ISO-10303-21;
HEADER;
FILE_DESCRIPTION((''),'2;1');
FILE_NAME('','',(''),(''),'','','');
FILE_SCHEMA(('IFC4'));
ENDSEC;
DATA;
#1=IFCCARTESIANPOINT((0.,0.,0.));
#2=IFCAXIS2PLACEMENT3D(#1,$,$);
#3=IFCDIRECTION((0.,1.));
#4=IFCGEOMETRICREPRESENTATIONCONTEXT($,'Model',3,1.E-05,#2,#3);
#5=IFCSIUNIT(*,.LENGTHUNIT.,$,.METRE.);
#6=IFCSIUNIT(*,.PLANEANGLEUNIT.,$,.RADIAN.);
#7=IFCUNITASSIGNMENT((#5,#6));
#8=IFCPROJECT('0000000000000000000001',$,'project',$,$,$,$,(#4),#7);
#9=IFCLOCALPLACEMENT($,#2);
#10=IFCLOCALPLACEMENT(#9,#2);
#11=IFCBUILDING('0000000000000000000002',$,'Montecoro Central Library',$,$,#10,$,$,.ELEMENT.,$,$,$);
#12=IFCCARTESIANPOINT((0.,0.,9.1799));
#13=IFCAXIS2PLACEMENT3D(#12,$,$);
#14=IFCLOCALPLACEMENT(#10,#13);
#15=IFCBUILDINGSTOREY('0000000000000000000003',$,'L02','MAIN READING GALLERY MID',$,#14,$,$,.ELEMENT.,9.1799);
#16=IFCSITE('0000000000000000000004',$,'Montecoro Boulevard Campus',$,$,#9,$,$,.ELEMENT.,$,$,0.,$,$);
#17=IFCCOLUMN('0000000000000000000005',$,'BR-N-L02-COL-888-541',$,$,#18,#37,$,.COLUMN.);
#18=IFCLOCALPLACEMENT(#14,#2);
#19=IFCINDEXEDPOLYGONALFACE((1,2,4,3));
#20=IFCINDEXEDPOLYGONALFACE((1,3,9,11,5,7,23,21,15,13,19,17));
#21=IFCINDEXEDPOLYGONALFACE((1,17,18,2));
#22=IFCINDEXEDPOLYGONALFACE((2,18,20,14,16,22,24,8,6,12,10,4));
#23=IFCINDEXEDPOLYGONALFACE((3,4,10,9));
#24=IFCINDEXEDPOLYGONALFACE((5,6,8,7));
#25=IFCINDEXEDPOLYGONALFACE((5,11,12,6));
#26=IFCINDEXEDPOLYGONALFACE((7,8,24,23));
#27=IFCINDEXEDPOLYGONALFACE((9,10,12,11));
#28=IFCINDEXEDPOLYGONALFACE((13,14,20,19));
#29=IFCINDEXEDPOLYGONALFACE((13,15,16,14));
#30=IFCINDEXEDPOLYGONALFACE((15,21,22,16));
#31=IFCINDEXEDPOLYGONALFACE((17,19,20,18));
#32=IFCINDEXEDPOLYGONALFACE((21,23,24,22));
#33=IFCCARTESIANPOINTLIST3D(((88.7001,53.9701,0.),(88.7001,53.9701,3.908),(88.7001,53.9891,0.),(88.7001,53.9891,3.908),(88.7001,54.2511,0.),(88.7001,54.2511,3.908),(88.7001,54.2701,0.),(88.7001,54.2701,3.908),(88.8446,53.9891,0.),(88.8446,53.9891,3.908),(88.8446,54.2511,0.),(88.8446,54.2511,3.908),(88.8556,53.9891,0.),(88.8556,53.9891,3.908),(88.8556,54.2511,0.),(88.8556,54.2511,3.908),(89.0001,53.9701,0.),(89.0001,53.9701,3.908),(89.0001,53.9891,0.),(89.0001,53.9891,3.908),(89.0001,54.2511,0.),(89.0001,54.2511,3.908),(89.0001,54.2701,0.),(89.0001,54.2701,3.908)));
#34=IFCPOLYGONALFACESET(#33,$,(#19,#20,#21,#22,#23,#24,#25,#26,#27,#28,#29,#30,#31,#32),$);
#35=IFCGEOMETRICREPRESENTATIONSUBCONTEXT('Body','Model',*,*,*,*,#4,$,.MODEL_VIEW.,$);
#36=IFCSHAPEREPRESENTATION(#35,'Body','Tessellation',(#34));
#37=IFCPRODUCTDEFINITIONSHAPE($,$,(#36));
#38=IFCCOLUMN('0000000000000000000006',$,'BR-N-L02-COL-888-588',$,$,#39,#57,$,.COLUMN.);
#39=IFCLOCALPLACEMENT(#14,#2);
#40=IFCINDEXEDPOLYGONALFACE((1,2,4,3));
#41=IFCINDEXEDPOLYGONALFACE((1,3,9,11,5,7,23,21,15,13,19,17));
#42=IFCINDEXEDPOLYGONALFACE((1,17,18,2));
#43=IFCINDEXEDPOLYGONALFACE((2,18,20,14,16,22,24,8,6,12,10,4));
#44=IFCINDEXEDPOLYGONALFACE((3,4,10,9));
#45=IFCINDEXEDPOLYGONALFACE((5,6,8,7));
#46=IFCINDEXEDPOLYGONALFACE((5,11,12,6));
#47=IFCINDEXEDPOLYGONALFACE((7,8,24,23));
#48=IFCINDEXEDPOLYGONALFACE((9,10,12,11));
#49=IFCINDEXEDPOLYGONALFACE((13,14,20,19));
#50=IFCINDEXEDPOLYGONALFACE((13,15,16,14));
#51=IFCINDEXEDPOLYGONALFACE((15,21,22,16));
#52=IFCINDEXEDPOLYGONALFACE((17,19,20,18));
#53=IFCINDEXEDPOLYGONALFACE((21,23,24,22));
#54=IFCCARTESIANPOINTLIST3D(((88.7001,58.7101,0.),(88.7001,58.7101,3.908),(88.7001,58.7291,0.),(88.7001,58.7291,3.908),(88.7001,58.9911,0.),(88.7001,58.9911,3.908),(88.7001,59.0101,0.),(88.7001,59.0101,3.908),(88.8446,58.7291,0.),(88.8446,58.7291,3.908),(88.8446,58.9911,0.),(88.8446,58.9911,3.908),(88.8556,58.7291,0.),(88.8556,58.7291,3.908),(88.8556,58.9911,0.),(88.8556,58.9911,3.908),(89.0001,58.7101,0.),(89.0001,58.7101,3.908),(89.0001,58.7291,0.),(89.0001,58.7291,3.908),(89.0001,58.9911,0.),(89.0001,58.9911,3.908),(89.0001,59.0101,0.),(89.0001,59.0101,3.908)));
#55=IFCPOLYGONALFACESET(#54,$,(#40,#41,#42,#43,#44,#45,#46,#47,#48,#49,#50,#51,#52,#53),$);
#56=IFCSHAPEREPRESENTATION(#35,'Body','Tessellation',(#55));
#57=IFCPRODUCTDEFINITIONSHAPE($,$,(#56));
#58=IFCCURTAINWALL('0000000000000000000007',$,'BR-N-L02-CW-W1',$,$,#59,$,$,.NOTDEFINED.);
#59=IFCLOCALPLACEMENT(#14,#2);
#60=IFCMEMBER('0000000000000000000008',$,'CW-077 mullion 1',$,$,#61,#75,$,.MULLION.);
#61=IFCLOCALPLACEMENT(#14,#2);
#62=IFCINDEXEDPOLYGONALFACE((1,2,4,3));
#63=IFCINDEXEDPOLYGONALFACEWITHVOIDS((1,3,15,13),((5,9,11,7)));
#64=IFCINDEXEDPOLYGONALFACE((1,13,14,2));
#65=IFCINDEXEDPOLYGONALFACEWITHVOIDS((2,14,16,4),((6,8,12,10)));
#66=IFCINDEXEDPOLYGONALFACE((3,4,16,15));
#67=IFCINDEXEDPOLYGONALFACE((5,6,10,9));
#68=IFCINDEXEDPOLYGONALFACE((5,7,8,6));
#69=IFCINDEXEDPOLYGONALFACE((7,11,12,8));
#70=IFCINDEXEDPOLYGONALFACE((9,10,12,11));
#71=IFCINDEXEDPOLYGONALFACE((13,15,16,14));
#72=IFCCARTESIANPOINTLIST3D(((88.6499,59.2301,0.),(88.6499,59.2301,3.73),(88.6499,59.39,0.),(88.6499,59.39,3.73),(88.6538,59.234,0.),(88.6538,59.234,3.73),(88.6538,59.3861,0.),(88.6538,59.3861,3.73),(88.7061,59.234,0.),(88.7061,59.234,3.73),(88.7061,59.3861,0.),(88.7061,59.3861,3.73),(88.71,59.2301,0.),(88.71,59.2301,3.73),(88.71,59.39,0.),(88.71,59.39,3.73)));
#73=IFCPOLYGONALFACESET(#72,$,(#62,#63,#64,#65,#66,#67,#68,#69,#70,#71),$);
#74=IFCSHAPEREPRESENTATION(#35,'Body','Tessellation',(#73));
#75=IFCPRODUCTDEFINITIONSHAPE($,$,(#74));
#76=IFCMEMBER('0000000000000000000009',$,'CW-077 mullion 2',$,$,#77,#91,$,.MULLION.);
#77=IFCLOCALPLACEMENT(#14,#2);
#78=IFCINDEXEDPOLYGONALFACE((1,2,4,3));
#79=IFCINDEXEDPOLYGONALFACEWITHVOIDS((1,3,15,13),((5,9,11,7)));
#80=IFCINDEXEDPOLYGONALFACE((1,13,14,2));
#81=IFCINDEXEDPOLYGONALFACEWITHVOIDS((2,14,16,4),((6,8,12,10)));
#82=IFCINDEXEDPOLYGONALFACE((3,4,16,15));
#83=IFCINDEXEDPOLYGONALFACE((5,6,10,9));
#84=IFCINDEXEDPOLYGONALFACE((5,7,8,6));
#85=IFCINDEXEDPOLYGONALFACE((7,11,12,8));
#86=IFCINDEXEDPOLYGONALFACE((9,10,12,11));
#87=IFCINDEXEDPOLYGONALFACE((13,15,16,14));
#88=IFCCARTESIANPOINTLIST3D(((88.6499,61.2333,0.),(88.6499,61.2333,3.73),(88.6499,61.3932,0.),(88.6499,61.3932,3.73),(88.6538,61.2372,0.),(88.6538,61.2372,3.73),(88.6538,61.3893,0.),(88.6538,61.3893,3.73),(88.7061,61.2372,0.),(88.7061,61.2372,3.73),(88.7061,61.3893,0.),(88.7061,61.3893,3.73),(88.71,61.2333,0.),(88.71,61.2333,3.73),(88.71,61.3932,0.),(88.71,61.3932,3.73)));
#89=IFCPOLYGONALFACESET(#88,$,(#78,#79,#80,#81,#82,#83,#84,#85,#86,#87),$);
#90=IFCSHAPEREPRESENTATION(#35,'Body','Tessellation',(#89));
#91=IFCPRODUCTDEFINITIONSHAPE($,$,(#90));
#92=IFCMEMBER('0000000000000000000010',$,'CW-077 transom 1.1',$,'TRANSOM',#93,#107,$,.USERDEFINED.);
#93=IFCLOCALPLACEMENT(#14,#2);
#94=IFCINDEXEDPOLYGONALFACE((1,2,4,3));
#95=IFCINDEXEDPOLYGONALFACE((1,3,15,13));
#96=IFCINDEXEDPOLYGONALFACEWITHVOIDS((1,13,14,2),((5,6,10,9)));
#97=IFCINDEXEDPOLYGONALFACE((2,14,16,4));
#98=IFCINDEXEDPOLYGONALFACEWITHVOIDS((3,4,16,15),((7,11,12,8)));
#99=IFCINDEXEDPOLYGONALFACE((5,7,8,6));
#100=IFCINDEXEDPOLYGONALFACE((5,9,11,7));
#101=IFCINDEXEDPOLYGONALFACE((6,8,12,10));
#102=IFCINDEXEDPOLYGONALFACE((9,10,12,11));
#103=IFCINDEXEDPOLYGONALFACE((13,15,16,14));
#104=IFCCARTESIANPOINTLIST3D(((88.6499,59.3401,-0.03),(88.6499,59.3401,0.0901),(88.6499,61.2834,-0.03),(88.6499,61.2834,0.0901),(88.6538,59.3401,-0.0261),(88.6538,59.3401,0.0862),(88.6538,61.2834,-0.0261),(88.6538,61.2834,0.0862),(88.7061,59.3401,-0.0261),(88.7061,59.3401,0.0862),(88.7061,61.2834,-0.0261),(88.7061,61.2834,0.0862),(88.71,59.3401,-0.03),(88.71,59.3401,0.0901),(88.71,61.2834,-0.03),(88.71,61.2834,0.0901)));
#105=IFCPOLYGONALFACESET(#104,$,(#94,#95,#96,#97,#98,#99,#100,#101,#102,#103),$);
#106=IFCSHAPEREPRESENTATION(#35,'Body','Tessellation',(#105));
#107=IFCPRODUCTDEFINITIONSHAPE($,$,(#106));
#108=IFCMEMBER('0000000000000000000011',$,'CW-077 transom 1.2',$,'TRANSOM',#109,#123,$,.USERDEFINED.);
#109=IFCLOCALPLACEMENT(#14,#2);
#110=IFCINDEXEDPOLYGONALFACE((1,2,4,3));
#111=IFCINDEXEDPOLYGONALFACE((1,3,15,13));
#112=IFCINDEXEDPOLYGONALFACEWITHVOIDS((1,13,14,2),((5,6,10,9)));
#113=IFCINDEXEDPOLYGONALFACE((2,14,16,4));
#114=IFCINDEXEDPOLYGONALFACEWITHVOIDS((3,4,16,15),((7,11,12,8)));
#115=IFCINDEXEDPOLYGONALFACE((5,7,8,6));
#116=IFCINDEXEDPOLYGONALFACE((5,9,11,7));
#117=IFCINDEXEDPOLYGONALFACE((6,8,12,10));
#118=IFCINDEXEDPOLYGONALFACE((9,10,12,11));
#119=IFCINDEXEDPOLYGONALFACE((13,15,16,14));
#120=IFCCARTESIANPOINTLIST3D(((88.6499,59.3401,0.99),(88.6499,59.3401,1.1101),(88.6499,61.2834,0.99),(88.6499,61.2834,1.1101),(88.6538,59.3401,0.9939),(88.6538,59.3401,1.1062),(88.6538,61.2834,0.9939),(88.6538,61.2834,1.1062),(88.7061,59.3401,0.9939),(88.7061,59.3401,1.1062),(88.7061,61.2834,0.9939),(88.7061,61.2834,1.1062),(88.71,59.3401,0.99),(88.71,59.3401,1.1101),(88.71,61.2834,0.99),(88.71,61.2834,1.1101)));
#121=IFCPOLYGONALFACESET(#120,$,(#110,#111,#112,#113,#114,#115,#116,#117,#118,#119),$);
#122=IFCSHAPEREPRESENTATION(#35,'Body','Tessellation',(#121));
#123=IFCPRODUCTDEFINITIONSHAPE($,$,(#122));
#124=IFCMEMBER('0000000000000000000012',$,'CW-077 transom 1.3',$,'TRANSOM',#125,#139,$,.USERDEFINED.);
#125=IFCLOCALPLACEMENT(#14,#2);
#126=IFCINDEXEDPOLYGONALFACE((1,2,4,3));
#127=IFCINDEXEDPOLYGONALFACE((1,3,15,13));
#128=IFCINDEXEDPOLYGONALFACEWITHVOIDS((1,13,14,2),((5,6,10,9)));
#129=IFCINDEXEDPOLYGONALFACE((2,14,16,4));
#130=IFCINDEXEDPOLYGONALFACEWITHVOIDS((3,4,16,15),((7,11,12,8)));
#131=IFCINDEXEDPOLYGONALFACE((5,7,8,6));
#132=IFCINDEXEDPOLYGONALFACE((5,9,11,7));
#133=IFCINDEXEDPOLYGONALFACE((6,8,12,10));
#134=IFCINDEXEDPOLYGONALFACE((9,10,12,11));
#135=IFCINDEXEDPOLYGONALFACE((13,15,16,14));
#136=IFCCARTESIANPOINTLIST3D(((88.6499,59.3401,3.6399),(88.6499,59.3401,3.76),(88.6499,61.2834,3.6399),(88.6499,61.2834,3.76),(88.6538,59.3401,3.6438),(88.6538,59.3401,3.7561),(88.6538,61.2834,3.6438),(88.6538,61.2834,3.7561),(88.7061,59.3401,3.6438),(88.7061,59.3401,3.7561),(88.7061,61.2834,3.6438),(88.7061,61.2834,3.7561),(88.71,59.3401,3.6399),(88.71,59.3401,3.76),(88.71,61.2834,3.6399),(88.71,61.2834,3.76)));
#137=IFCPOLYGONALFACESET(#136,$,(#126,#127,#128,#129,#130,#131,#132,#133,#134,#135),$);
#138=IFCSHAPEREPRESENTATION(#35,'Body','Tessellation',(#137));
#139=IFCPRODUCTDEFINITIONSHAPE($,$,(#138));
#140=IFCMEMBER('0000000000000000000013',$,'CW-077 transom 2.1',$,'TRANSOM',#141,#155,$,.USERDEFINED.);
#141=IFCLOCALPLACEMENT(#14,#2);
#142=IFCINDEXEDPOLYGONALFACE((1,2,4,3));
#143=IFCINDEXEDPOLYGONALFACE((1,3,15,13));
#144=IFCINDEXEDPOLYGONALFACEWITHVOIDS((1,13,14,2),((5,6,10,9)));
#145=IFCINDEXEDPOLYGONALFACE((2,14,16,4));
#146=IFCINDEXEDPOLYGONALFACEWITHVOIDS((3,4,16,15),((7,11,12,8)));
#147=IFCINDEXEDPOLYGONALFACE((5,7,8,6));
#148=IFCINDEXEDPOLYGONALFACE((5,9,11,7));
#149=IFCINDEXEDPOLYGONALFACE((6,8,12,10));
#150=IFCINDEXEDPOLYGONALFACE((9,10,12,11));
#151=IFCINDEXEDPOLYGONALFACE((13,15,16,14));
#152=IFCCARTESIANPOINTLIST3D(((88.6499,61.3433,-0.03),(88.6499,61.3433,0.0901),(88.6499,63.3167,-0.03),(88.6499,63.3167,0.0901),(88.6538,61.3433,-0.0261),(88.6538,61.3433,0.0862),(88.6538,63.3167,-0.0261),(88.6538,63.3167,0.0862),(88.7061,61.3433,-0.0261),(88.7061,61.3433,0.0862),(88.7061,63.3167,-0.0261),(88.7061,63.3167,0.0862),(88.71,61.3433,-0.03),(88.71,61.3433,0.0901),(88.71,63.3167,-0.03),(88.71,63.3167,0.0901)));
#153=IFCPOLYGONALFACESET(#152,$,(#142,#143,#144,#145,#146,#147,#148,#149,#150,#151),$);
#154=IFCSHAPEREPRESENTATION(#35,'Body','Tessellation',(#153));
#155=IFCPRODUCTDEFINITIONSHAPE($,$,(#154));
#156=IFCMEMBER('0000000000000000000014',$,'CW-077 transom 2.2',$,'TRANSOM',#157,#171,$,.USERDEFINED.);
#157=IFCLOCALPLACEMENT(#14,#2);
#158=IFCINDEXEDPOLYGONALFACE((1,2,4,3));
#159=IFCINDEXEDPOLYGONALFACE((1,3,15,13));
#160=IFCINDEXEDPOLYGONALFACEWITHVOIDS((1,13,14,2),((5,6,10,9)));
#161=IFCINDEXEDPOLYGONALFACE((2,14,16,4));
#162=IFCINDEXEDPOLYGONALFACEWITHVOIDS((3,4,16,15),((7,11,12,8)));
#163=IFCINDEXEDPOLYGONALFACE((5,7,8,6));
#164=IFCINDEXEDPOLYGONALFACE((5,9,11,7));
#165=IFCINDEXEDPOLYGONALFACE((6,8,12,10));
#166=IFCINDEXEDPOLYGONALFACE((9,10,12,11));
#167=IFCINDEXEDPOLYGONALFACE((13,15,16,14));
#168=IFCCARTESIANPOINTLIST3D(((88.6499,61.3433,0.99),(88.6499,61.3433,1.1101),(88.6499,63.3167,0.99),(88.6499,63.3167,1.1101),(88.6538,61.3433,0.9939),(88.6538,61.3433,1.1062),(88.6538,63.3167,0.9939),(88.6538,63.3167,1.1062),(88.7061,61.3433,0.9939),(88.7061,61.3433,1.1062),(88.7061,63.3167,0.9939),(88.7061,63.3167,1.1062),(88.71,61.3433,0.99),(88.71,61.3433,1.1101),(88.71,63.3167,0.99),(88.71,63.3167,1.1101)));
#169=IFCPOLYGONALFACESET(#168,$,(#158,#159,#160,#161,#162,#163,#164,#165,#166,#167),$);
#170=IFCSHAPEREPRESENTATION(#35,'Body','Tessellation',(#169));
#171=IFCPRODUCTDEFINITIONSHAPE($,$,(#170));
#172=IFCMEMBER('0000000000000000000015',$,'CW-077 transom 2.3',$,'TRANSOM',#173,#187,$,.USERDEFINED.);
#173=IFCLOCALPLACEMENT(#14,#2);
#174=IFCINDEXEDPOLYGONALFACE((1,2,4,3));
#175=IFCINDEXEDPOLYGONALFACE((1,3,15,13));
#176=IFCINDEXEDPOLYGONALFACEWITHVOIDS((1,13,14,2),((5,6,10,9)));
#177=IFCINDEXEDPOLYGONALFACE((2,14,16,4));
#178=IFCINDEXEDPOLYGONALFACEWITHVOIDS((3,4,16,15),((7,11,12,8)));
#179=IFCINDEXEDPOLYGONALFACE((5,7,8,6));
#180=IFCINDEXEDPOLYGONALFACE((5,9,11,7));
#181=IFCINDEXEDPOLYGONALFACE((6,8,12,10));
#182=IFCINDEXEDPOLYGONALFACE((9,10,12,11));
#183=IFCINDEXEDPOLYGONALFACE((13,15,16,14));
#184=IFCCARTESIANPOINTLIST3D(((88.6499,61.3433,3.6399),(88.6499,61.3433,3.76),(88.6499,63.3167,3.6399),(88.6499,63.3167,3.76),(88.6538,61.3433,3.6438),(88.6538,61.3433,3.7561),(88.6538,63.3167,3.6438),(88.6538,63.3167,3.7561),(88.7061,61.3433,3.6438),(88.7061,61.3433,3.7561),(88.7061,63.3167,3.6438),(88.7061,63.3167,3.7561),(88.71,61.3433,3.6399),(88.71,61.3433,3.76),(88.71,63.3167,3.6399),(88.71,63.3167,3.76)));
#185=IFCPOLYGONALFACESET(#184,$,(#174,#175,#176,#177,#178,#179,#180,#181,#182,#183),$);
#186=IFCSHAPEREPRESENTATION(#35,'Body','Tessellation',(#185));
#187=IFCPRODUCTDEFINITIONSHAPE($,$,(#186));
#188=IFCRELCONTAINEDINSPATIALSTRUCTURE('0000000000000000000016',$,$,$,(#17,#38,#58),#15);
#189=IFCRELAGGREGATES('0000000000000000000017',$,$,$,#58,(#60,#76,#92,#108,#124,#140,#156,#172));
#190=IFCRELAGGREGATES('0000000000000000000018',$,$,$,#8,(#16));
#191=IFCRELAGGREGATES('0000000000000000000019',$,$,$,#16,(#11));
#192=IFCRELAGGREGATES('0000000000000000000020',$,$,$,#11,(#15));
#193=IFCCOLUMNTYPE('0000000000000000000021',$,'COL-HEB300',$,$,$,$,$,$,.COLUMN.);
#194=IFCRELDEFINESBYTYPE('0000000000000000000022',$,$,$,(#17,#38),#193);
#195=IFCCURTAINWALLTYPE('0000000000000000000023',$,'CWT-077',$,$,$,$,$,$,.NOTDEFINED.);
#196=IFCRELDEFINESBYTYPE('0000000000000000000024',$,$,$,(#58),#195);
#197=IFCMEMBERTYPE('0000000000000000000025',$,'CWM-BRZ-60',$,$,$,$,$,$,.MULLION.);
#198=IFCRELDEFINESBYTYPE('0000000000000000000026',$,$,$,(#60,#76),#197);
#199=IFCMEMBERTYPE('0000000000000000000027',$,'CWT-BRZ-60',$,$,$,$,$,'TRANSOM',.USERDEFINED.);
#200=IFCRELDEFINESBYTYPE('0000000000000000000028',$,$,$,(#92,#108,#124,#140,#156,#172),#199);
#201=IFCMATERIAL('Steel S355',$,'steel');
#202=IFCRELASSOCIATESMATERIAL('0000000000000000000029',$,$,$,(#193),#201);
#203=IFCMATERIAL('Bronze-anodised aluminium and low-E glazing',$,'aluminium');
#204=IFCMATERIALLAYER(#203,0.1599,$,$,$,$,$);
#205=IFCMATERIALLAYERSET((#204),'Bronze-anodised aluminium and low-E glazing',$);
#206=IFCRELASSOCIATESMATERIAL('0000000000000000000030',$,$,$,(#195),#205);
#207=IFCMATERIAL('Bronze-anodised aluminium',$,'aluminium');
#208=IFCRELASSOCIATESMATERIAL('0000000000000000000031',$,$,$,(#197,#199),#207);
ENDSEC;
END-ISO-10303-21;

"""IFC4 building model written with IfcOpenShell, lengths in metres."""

from ifc_helpers import new_model, si_unit, direction, frame, origin, origin_2d, place, context, subcontext, project, spatial, hollow_rectangle, i_section, extrude, material, layer, layer_set, material_profile, profile_set, type_object, element, aggregate, save


model = new_model("IFC4")

# Units and contexts
model_context = context("Model", 3, precision=1e-05, world=origin(), true_north=direction((0.0, 1.0)))
body_context = subcontext(model_context, "Body", "Model", "MODEL_VIEW")
ifc_project = project(units=[si_unit("LENGTHUNIT", "METRE"), si_unit("PLANEANGLEUNIT", "RADIAN")], contexts=[model_context])

# Site, building, storey
site_placement = place(None, origin())
site = spatial("IfcSite", under=ifc_project, at=site_placement, Name="Montecoro Boulevard Campus", CompositionType="ELEMENT", RefElevation=0.0)
building_placement = place(site_placement, origin())
building = spatial("IfcBuilding", under=site, at=building_placement, Name="Montecoro Central Library", CompositionType="ELEMENT")
storey_placement = place(building_placement, frame((0.0, 0.0, 9.1799)))
storey = spatial("IfcBuildingStorey", under=building, at=storey_placement, Name="L02", Description="MAIN READING GALLERY MID", CompositionType="ELEMENT", Elevation=9.1799)

# Columns
ifc_material_1 = material(Name="Steel S355", Category="steel")
ifc_material_profile_1 = material_profile(ifc_material_1, i_section(OverallWidth=0.3, OverallDepth=0.3, WebThickness=0.011, FlangeThickness=0.019, at=origin_2d()), Name="HEB 300")
ifc_profile_set_1 = profile_set([ifc_material_profile_1], Name="Steel S355")
column_type = type_object("IfcColumnType", Name="COL-HEB300", PredefinedType="COLUMN", material=ifc_profile_set_1)
for number, where, z_axis, x_axis, name in (
    (1, (88.8501, 54.1201, 0.0), (0.0, 0.0, 1.0), (1.0, 0.0, 0.0), "BR-N-L02-COL-888-541"),
    (2, (88.8501, 58.8601, 0.0), (0.0, 0.0, 1.0), (1.0, 0.0, 0.0), "BR-N-L02-COL-888-588"),
):
    element("IfcColumn", number, at=place(storey_placement, frame(where, z_axis=z_axis, x_axis=x_axis)), inside=storey, type_object=column_type, Name=name, PredefinedType="COLUMN", context=body_context, shape_type="SweptSolid", body=[
        extrude(i_section(OverallWidth=0.3, OverallDepth=0.3, WebThickness=0.011, FlangeThickness=0.019, at=origin_2d()), origin(), (0.0, 0.0, 1.0), 3.908),
    ])

# Curtain wall, members
ifc_material_2 = material(Name="Bronze-anodised aluminium and low-E glazing", Category="aluminium")
ifc_layer_1 = layer(ifc_material_2, 0.1599)
ifc_layer_set_1 = layer_set([ifc_layer_1], Name="Bronze-anodised aluminium and low-E glazing")
curtain_wall_type = type_object("IfcCurtainWallType", Name="CWT-077", PredefinedType="NOTDEFINED", material=ifc_layer_set_1)
curtain_wall_placement = place(storey_placement, origin())
curtain_wall = element("IfcCurtainWall", 3, at=curtain_wall_placement, inside=storey, type_object=curtain_wall_type, Name="BR-N-L02-CW-W1", PredefinedType="NOTDEFINED")
ifc_material_3 = material(Name="Bronze-anodised aluminium", Category="aluminium")
ifc_material_profile_2 = material_profile(ifc_material_3, hollow_rectangle(XDim=0.0601, YDim=0.1599, WallThickness=0.0039, at=origin_2d()), Name="CWM 160x60x4.0")
ifc_profile_set_2 = profile_set([ifc_material_profile_2], Name="Bronze-anodised aluminium")
member_type_1 = type_object("IfcMemberType", Name="CWM-BRZ-60", PredefinedType="MULLION", material=ifc_profile_set_2)
member_1_placement = place(storey_placement, frame((88.6799, 59.3101, 0.0), z_axis=(0.0, 0.0, 1.0), x_axis=(-1.0, 0.0, 0.0)))
member_1 = element("IfcMember", 4, at=member_1_placement, type_object=member_type_1, Name="CW-077 mullion 1", PredefinedType="MULLION", context=body_context, shape_type="SweptSolid", body=[
    extrude(hollow_rectangle(XDim=0.0601, YDim=0.1599, WallThickness=0.0039, at=origin_2d()), origin(), (0.0, 0.0, 1.0), 3.73),
])
member_2_placement = place(storey_placement, frame((88.6799, 61.3132, 0.0), z_axis=(0.0, 0.0, 1.0), x_axis=(-1.0, 0.0, 0.0)))
member_2 = element("IfcMember", 5, at=member_2_placement, type_object=member_type_1, Name="CW-077 mullion 2", PredefinedType="MULLION", context=body_context, shape_type="SweptSolid", body=[
    extrude(hollow_rectangle(XDim=0.0601, YDim=0.1599, WallThickness=0.0039, at=origin_2d()), origin(), (0.0, 0.0, 1.0), 3.73),
])
ifc_material_profile_3 = material_profile(ifc_material_3, hollow_rectangle(XDim=0.0601, YDim=0.1201, WallThickness=0.0039, at=origin_2d()), Name="CWT 120x60x4.0")
ifc_profile_set_3 = profile_set([ifc_material_profile_3], Name="Bronze-anodised aluminium")
member_type_2 = type_object("IfcMemberType", Name="CWT-BRZ-60", ElementType="TRANSOM", PredefinedType="USERDEFINED", material=ifc_profile_set_3)
member_3_placement = place(storey_placement, frame((88.6799, 59.3401, 0.03), z_axis=(0.0, 1.0, 0.0), x_axis=(-1.0, 0.0, 0.0)))
member_3 = element("IfcMember", 6, at=member_3_placement, type_object=member_type_2, Name="CW-077 transom 1.1", ObjectType="TRANSOM", PredefinedType="USERDEFINED", context=body_context, shape_type="SweptSolid", body=[
    extrude(hollow_rectangle(XDim=0.0601, YDim=0.1201, WallThickness=0.0039, at=origin_2d()), origin(), (0.0, 0.0, 1.0), 1.9434),
])
member_4_placement = place(storey_placement, frame((88.6799, 59.3401, 1.05), z_axis=(0.0, 1.0, 0.0), x_axis=(-1.0, 0.0, 0.0)))
member_4 = element("IfcMember", 7, at=member_4_placement, type_object=member_type_2, Name="CW-077 transom 1.2", ObjectType="TRANSOM", PredefinedType="USERDEFINED", context=body_context, shape_type="SweptSolid", body=[
    extrude(hollow_rectangle(XDim=0.0601, YDim=0.1201, WallThickness=0.0039, at=origin_2d()), origin(), (0.0, 0.0, 1.0), 1.9434),
])
member_5_placement = place(storey_placement, frame((88.6799, 59.3401, 3.7), z_axis=(0.0, 1.0, 0.0), x_axis=(-1.0, 0.0, 0.0)))
member_5 = element("IfcMember", 8, at=member_5_placement, type_object=member_type_2, Name="CW-077 transom 1.3", ObjectType="TRANSOM", PredefinedType="USERDEFINED", context=body_context, shape_type="SweptSolid", body=[
    extrude(hollow_rectangle(XDim=0.0601, YDim=0.1201, WallThickness=0.0039, at=origin_2d()), origin(), (0.0, 0.0, 1.0), 1.9434),
])
member_6_placement = place(storey_placement, frame((88.6799, 61.3433, 0.03), z_axis=(0.0, 1.0, 0.0), x_axis=(-1.0, 0.0, 0.0)))
member_6 = element("IfcMember", 9, at=member_6_placement, type_object=member_type_2, Name="CW-077 transom 2.1", ObjectType="TRANSOM", PredefinedType="USERDEFINED", context=body_context, shape_type="SweptSolid", body=[
    extrude(hollow_rectangle(XDim=0.0601, YDim=0.1201, WallThickness=0.0039, at=origin_2d()), origin(), (0.0, 0.0, 1.0), 1.9734),
])
member_7_placement = place(storey_placement, frame((88.6799, 61.3433, 1.05), z_axis=(0.0, 1.0, 0.0), x_axis=(-1.0, 0.0, 0.0)))
member_7 = element("IfcMember", 10, at=member_7_placement, type_object=member_type_2, Name="CW-077 transom 2.2", ObjectType="TRANSOM", PredefinedType="USERDEFINED", context=body_context, shape_type="SweptSolid", body=[
    extrude(hollow_rectangle(XDim=0.0601, YDim=0.1201, WallThickness=0.0039, at=origin_2d()), origin(), (0.0, 0.0, 1.0), 1.9734),
])
member_8_placement = place(storey_placement, frame((88.6799, 61.3433, 3.7), z_axis=(0.0, 1.0, 0.0), x_axis=(-1.0, 0.0, 0.0)))
member_8 = element("IfcMember", 11, at=member_8_placement, type_object=member_type_2, Name="CW-077 transom 2.3", ObjectType="TRANSOM", PredefinedType="USERDEFINED", context=body_context, shape_type="SweptSolid", body=[
    extrude(hollow_rectangle(XDim=0.0601, YDim=0.1201, WallThickness=0.0039, at=origin_2d()), origin(), (0.0, 0.0, 1.0), 1.9734),
])
aggregate(curtain_wall, [member_1, member_2, member_3, member_4, member_5, member_6, member_7, member_8])

save(model, "model.ifc")
